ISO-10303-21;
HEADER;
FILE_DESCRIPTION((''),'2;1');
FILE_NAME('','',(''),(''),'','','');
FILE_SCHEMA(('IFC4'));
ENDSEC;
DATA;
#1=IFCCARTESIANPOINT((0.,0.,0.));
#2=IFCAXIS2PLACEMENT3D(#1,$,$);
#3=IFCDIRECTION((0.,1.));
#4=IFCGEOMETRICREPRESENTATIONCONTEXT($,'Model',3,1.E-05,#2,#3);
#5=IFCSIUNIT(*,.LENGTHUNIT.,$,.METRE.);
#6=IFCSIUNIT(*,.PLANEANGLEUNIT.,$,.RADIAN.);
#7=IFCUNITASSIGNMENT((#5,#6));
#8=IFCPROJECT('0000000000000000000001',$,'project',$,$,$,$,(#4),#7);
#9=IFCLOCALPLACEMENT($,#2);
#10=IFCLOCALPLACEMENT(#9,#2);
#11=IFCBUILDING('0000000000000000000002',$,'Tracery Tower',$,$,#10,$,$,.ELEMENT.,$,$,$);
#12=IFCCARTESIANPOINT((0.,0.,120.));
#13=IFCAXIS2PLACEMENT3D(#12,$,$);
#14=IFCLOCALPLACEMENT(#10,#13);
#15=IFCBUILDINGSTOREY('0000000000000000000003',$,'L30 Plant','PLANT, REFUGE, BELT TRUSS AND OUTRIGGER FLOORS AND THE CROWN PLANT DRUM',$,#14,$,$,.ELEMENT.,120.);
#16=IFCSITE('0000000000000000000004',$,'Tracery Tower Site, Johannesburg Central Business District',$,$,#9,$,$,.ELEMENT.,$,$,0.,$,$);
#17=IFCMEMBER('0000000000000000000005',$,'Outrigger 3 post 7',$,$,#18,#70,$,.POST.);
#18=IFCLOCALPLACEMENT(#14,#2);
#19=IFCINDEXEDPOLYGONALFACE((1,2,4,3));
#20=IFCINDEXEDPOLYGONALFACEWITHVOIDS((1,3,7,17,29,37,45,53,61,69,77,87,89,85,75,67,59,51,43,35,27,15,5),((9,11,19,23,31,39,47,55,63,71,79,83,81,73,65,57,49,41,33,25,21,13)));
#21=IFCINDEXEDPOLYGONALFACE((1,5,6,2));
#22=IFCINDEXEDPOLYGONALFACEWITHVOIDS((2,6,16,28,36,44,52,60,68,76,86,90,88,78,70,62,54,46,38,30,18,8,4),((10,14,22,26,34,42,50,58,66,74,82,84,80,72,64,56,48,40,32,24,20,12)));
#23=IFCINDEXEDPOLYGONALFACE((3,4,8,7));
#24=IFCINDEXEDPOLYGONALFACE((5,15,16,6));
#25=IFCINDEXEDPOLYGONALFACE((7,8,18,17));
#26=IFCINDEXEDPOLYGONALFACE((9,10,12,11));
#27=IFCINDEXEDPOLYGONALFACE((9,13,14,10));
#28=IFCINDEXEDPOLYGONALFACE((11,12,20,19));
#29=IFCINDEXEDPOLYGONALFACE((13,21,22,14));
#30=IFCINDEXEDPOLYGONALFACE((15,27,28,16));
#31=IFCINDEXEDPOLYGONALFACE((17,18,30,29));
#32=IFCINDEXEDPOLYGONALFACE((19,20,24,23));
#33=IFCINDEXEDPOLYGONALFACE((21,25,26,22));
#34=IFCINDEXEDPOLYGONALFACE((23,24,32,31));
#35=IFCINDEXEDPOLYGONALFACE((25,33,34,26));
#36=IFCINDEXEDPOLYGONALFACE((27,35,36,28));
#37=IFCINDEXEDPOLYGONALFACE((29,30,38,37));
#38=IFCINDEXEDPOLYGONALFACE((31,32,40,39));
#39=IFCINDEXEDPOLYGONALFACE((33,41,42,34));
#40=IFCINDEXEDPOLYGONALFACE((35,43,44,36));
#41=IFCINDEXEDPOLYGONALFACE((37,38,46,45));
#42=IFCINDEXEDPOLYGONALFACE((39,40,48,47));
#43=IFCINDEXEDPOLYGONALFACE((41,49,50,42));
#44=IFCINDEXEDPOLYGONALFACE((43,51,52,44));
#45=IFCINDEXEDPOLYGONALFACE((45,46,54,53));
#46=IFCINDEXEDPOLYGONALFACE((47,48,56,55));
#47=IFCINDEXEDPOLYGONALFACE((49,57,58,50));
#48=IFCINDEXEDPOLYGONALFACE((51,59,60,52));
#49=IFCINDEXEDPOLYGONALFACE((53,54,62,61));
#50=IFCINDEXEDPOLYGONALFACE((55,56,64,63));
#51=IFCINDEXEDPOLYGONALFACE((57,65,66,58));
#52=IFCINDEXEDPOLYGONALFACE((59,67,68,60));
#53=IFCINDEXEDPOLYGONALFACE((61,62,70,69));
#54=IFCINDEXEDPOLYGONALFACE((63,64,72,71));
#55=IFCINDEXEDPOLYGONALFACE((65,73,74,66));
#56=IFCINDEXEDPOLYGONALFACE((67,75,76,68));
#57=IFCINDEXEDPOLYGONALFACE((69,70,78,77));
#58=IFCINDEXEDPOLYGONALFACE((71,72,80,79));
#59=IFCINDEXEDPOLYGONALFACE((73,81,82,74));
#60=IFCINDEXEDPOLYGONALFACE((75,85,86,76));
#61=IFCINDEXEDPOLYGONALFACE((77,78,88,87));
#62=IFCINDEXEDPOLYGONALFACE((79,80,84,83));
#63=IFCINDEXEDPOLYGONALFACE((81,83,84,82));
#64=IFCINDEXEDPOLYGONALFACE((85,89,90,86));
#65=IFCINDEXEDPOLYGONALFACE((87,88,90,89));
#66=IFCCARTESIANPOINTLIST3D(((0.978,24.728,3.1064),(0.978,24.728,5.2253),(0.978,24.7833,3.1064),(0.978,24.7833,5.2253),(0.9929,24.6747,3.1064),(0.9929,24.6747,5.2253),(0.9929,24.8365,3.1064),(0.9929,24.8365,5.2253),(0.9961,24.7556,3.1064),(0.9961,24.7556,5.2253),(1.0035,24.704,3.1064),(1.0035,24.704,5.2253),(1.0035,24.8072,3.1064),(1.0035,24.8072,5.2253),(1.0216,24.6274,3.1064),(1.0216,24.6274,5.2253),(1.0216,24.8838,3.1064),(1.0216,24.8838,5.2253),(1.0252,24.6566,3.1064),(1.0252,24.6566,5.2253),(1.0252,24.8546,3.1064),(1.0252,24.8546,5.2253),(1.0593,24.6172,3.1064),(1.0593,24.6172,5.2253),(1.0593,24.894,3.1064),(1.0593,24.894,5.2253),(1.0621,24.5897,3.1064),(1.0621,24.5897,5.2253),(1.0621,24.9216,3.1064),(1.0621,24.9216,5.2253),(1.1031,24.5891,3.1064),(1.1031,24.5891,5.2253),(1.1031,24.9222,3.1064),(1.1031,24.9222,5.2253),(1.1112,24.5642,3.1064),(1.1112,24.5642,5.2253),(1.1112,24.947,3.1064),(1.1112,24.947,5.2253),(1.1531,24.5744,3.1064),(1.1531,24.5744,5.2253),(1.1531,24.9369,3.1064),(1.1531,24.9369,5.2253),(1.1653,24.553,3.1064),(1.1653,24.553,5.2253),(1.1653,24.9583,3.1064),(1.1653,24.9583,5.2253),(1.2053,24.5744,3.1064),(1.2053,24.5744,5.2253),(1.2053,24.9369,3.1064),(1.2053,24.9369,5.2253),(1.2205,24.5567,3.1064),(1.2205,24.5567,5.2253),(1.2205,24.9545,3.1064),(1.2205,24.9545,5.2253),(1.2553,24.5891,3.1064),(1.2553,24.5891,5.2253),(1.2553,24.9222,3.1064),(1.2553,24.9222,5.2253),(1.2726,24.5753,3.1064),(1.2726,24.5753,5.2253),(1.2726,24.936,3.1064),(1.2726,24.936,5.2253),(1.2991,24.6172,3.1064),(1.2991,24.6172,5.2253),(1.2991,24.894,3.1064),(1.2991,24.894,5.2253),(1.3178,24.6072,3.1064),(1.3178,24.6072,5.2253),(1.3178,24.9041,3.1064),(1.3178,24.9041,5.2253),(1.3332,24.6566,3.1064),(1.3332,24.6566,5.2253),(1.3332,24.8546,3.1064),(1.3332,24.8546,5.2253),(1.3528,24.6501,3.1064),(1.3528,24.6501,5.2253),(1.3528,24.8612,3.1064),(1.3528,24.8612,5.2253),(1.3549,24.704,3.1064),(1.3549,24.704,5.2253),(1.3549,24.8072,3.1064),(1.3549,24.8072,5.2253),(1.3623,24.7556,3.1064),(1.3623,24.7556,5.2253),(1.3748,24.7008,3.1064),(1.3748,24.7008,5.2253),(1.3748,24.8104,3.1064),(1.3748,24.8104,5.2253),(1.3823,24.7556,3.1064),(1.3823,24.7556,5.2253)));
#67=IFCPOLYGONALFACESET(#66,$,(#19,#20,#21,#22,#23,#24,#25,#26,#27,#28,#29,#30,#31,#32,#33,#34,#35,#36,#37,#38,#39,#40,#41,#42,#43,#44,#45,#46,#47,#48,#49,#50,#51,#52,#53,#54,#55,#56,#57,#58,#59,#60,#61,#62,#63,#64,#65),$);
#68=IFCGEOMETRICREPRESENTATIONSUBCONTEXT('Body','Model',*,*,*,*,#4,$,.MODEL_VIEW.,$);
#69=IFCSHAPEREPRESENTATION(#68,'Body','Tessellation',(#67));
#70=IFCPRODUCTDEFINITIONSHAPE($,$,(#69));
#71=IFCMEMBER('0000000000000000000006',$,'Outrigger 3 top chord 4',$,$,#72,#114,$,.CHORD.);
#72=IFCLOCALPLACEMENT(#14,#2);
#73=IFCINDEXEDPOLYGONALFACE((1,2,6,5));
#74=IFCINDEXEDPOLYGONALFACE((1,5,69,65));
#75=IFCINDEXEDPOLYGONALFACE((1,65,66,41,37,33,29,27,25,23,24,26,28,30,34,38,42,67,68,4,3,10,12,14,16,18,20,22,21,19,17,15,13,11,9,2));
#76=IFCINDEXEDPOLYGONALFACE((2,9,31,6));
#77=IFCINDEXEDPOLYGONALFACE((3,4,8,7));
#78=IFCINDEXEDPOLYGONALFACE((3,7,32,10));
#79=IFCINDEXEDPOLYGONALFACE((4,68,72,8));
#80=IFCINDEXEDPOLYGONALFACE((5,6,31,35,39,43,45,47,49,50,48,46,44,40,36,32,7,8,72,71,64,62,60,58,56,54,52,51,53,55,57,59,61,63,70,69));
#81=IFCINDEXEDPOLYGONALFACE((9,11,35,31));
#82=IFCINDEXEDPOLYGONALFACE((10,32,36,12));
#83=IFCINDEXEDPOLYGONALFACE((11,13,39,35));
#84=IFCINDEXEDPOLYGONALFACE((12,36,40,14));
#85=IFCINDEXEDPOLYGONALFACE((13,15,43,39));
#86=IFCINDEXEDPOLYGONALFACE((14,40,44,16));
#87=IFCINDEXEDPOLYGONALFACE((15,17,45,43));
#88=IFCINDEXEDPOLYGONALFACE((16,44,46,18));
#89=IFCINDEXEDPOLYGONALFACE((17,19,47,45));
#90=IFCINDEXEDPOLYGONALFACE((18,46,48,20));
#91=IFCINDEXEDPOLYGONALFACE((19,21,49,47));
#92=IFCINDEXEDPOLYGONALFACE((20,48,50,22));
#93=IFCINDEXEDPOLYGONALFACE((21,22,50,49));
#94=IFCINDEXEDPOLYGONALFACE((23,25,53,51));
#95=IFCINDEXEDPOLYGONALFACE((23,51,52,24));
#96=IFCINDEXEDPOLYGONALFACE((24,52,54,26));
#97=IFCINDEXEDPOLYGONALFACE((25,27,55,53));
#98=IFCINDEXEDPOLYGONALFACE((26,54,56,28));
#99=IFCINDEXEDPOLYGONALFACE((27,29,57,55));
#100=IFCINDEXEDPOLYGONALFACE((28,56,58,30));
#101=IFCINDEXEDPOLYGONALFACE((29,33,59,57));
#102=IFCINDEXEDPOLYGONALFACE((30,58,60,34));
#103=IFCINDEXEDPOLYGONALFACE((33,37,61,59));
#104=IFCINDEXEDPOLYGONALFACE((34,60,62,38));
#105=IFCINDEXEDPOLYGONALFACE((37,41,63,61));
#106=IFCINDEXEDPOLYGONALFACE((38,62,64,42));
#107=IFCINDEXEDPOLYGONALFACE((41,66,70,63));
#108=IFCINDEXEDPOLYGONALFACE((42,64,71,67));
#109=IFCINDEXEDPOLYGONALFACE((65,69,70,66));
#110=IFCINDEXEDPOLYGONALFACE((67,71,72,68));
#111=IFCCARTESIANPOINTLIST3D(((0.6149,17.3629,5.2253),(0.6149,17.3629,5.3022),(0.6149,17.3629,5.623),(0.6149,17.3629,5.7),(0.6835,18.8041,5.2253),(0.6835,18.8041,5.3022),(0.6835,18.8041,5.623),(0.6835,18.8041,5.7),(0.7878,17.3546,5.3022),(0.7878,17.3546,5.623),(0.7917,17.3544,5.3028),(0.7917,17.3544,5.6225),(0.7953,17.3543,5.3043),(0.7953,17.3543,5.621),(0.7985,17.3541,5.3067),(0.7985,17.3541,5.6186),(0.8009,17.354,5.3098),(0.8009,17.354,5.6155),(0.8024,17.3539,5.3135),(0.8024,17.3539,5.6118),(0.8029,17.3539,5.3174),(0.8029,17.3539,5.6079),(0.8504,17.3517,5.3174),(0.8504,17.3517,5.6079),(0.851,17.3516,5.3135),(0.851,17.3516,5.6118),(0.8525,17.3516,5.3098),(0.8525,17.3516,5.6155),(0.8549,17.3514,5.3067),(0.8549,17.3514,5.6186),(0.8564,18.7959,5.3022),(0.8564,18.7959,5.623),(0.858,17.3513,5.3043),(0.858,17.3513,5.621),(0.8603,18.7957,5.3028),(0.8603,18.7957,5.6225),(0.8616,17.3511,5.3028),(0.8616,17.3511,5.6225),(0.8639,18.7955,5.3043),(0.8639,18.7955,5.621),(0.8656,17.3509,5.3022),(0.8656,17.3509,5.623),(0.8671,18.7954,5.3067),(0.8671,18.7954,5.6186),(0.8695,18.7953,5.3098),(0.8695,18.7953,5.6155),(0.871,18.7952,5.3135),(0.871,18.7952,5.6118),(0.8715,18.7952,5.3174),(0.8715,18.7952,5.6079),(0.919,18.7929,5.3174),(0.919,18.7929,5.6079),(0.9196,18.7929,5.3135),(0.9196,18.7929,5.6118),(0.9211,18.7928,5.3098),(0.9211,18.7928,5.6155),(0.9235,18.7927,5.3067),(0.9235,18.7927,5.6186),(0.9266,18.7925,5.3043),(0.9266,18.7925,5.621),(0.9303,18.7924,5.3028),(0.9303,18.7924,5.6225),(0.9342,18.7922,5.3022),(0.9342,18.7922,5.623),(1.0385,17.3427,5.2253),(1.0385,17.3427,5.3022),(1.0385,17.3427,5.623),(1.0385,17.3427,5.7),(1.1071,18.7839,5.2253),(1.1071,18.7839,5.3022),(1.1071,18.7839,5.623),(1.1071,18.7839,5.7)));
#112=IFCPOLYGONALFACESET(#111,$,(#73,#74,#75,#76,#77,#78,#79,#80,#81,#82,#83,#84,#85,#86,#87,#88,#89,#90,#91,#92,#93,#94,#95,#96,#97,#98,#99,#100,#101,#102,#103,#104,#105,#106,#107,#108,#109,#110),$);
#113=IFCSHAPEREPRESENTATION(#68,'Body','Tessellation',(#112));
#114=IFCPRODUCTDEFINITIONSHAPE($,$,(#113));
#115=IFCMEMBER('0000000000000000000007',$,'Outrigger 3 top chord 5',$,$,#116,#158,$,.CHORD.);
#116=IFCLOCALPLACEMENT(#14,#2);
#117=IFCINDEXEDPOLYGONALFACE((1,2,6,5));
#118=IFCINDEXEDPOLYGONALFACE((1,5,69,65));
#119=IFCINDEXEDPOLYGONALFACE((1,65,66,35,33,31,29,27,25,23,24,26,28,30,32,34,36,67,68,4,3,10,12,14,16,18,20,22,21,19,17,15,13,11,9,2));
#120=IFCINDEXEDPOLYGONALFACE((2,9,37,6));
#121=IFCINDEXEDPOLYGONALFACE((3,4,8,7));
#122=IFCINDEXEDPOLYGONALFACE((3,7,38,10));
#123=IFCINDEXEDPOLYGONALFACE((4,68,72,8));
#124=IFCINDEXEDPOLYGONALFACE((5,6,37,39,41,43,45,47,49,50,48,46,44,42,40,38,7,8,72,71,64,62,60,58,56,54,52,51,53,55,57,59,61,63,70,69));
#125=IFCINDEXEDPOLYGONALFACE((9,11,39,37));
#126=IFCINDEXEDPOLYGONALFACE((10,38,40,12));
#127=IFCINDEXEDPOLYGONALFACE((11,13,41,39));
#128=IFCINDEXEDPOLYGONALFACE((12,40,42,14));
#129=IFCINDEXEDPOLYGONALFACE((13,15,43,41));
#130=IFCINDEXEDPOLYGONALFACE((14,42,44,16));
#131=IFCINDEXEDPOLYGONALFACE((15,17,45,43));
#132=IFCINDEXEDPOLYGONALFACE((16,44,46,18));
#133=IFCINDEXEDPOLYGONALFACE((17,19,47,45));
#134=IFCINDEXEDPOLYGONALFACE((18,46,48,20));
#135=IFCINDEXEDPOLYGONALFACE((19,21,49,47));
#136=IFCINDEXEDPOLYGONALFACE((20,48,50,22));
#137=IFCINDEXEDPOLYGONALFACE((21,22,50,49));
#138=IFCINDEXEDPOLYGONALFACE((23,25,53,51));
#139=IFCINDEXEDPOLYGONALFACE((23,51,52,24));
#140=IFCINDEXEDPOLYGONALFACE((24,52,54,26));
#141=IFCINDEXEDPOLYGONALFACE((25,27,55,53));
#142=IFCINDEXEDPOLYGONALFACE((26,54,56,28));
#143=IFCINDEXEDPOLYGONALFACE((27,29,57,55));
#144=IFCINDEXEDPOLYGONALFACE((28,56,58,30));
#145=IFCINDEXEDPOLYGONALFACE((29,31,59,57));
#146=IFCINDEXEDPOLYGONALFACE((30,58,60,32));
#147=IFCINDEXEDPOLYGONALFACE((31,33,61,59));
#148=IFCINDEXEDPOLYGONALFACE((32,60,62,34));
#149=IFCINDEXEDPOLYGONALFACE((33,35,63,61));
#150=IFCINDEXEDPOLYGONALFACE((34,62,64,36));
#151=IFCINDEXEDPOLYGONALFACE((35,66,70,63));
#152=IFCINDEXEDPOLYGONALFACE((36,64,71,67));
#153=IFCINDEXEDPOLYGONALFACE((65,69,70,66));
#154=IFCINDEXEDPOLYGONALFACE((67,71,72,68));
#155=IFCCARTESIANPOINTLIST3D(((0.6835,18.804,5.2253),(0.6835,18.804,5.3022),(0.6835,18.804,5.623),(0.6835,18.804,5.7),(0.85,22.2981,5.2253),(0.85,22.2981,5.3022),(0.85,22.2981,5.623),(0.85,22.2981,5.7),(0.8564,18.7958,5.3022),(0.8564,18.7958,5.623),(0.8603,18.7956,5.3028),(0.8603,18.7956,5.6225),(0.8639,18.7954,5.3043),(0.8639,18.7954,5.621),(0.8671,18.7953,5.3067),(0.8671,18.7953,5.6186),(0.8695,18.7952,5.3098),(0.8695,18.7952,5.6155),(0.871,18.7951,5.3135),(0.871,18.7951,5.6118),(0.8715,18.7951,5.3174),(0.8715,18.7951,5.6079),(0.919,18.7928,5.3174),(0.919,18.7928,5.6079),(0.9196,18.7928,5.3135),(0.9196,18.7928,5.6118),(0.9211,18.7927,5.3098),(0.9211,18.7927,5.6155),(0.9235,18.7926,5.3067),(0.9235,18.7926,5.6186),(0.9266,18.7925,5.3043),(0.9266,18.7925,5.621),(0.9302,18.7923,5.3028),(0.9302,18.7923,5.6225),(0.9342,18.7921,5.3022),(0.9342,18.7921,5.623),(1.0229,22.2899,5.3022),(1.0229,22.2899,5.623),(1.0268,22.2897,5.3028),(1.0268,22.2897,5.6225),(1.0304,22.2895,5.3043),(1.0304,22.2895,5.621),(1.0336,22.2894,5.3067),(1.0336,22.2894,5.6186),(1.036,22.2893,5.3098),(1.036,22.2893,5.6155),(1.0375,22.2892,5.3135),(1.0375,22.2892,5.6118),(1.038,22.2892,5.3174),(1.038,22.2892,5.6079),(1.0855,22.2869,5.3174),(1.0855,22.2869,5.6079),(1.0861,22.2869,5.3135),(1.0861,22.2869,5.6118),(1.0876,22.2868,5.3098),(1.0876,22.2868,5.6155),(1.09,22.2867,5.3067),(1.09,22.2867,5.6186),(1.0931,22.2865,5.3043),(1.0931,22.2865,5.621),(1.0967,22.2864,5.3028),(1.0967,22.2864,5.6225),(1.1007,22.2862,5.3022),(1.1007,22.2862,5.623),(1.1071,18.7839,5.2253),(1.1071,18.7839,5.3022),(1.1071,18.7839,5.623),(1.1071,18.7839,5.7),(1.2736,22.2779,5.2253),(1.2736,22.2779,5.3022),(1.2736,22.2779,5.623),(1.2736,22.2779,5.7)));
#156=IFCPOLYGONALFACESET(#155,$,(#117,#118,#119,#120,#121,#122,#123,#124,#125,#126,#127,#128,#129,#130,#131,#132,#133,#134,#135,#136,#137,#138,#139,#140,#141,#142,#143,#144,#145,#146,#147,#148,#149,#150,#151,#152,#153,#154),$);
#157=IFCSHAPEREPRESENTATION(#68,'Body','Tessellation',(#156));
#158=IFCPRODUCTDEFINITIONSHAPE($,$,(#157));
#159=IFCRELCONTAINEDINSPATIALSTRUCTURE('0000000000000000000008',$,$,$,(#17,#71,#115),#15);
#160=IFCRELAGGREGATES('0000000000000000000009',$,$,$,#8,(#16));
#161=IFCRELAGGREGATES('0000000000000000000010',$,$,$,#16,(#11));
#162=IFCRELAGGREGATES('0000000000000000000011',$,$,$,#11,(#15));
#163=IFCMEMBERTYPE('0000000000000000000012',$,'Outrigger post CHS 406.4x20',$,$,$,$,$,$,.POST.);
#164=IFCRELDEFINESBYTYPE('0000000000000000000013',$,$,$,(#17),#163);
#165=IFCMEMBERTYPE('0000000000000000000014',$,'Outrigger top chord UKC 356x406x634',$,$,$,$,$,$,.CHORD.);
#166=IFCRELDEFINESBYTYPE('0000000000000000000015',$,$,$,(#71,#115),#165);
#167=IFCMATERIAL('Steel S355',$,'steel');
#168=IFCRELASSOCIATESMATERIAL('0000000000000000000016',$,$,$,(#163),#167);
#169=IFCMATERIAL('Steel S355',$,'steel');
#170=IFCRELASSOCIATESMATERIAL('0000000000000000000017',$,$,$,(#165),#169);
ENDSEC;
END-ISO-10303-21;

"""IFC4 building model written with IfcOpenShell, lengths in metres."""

from ifc_helpers import new_model, si_unit, direction, frame, origin, origin_2d, place, context, subcontext, project, spatial, hollow_circle, i_section, extrude, material, material_profile, profile_set, type_object, element, save


model = new_model("IFC4")

# Units and contexts
model_context = context("Model", 3, precision=1e-05, world=origin(), true_north=direction((0.0, 1.0)))
body_context = subcontext(model_context, "Body", "Model", "MODEL_VIEW")
ifc_project = project(units=[si_unit("LENGTHUNIT", "METRE"), si_unit("PLANEANGLEUNIT", "RADIAN")], contexts=[model_context])

# Site, building, storey
site_placement = place(None, origin())
site = spatial("IfcSite", under=ifc_project, at=site_placement, Name="Tracery Tower Site, Johannesburg Central Business District", CompositionType="ELEMENT", RefElevation=0.0)
building_placement = place(site_placement, origin())
building = spatial("IfcBuilding", under=site, at=building_placement, Name="Tracery Tower", CompositionType="ELEMENT")
storey_placement = place(building_placement, frame((0.0, 0.0, 120.0)))
storey = spatial("IfcBuildingStorey", under=building, at=storey_placement, Name="L30 Plant", Description="PLANT, REFUGE, BELT TRUSS AND OUTRIGGER FLOORS AND THE CROWN PLANT DRUM", CompositionType="ELEMENT", Elevation=120.0)

# Members
ifc_material_1 = material(Name="Steel S355", Category="steel")
ifc_material_profile_1 = material_profile(ifc_material_1, hollow_circle(Radius=0.2031, WallThickness=0.02, at=origin_2d()), Name="CHS 406.4x20")
ifc_profile_set_1 = profile_set([ifc_material_profile_1], Name="Steel S355")
member_type_1 = type_object("IfcMemberType", Name="Outrigger post CHS 406.4x20", PredefinedType="POST", material=ifc_profile_set_1)
for number, where, z_axis, x_axis, name in (
    (1, (1.1792, 24.7556, 3.1064), (0.0, 0.0, 1.0), (1.0, 0.0, 0.0), "Outrigger 3 post 7"),
):
    element("IfcMember", number, at=place(storey_placement, frame(where, z_axis=z_axis, x_axis=x_axis)), inside=storey, type_object=member_type_1, Name=name, PredefinedType="POST", context=body_context, shape_type="SweptSolid", body=[
        extrude(hollow_circle(Radius=0.2031, WallThickness=0.02, at=origin_2d()), origin(), (0.0, 0.0, 1.0), 2.1189),
    ])
ifc_material_2 = material(Name="Steel S355", Category="steel")
ifc_material_profile_2 = material_profile(ifc_material_2, i_section(OverallWidth=0.4241, OverallDepth=0.4746, WebThickness=0.0476, FlangeThickness=0.0769, FilletRadius=0.0151, at=origin_2d()), Name="UKC 356x406x634")
ifc_profile_set_2 = profile_set([ifc_material_profile_2], Name="Steel S355")
member_type_2 = type_object("IfcMemberType", Name="Outrigger top chord UKC 356x406x634", PredefinedType="CHORD", material=ifc_profile_set_2)
member_1_placement = place(storey_placement, frame((0.8267, 17.3528, 5.4626), z_axis=(0.047549, 0.998869, 0.0), x_axis=(-0.998869, 0.047549, 0.0)))
element("IfcMember", 2, at=member_1_placement, inside=storey, type_object=member_type_2, Name="Outrigger 3 top chord 4", PredefinedType="CHORD", context=body_context, shape_type="SweptSolid", body=[
    extrude(i_section(OverallWidth=0.4241, OverallDepth=0.4746, WebThickness=0.0476, FlangeThickness=0.0769, FilletRadius=0.0151, at=origin_2d()), origin(), (0.0, 0.0, 1.0), 1.4429),
])
member_2_placement = place(storey_placement, frame((0.8953, 18.7939, 5.4626), z_axis=(0.047598, 0.998867, 0.0), x_axis=(-0.998867, 0.047598, 0.0)))
element("IfcMember", 3, at=member_2_placement, inside=storey, type_object=member_type_2, Name="Outrigger 3 top chord 5", PredefinedType="CHORD", context=body_context, shape_type="SweptSolid", body=[
    extrude(i_section(OverallWidth=0.4241, OverallDepth=0.4746, WebThickness=0.0476, FlangeThickness=0.0769, FilletRadius=0.0151, at=origin_2d()), origin(), (0.0, 0.0, 1.0), 3.498),
])

save(model, "model.ifc")
